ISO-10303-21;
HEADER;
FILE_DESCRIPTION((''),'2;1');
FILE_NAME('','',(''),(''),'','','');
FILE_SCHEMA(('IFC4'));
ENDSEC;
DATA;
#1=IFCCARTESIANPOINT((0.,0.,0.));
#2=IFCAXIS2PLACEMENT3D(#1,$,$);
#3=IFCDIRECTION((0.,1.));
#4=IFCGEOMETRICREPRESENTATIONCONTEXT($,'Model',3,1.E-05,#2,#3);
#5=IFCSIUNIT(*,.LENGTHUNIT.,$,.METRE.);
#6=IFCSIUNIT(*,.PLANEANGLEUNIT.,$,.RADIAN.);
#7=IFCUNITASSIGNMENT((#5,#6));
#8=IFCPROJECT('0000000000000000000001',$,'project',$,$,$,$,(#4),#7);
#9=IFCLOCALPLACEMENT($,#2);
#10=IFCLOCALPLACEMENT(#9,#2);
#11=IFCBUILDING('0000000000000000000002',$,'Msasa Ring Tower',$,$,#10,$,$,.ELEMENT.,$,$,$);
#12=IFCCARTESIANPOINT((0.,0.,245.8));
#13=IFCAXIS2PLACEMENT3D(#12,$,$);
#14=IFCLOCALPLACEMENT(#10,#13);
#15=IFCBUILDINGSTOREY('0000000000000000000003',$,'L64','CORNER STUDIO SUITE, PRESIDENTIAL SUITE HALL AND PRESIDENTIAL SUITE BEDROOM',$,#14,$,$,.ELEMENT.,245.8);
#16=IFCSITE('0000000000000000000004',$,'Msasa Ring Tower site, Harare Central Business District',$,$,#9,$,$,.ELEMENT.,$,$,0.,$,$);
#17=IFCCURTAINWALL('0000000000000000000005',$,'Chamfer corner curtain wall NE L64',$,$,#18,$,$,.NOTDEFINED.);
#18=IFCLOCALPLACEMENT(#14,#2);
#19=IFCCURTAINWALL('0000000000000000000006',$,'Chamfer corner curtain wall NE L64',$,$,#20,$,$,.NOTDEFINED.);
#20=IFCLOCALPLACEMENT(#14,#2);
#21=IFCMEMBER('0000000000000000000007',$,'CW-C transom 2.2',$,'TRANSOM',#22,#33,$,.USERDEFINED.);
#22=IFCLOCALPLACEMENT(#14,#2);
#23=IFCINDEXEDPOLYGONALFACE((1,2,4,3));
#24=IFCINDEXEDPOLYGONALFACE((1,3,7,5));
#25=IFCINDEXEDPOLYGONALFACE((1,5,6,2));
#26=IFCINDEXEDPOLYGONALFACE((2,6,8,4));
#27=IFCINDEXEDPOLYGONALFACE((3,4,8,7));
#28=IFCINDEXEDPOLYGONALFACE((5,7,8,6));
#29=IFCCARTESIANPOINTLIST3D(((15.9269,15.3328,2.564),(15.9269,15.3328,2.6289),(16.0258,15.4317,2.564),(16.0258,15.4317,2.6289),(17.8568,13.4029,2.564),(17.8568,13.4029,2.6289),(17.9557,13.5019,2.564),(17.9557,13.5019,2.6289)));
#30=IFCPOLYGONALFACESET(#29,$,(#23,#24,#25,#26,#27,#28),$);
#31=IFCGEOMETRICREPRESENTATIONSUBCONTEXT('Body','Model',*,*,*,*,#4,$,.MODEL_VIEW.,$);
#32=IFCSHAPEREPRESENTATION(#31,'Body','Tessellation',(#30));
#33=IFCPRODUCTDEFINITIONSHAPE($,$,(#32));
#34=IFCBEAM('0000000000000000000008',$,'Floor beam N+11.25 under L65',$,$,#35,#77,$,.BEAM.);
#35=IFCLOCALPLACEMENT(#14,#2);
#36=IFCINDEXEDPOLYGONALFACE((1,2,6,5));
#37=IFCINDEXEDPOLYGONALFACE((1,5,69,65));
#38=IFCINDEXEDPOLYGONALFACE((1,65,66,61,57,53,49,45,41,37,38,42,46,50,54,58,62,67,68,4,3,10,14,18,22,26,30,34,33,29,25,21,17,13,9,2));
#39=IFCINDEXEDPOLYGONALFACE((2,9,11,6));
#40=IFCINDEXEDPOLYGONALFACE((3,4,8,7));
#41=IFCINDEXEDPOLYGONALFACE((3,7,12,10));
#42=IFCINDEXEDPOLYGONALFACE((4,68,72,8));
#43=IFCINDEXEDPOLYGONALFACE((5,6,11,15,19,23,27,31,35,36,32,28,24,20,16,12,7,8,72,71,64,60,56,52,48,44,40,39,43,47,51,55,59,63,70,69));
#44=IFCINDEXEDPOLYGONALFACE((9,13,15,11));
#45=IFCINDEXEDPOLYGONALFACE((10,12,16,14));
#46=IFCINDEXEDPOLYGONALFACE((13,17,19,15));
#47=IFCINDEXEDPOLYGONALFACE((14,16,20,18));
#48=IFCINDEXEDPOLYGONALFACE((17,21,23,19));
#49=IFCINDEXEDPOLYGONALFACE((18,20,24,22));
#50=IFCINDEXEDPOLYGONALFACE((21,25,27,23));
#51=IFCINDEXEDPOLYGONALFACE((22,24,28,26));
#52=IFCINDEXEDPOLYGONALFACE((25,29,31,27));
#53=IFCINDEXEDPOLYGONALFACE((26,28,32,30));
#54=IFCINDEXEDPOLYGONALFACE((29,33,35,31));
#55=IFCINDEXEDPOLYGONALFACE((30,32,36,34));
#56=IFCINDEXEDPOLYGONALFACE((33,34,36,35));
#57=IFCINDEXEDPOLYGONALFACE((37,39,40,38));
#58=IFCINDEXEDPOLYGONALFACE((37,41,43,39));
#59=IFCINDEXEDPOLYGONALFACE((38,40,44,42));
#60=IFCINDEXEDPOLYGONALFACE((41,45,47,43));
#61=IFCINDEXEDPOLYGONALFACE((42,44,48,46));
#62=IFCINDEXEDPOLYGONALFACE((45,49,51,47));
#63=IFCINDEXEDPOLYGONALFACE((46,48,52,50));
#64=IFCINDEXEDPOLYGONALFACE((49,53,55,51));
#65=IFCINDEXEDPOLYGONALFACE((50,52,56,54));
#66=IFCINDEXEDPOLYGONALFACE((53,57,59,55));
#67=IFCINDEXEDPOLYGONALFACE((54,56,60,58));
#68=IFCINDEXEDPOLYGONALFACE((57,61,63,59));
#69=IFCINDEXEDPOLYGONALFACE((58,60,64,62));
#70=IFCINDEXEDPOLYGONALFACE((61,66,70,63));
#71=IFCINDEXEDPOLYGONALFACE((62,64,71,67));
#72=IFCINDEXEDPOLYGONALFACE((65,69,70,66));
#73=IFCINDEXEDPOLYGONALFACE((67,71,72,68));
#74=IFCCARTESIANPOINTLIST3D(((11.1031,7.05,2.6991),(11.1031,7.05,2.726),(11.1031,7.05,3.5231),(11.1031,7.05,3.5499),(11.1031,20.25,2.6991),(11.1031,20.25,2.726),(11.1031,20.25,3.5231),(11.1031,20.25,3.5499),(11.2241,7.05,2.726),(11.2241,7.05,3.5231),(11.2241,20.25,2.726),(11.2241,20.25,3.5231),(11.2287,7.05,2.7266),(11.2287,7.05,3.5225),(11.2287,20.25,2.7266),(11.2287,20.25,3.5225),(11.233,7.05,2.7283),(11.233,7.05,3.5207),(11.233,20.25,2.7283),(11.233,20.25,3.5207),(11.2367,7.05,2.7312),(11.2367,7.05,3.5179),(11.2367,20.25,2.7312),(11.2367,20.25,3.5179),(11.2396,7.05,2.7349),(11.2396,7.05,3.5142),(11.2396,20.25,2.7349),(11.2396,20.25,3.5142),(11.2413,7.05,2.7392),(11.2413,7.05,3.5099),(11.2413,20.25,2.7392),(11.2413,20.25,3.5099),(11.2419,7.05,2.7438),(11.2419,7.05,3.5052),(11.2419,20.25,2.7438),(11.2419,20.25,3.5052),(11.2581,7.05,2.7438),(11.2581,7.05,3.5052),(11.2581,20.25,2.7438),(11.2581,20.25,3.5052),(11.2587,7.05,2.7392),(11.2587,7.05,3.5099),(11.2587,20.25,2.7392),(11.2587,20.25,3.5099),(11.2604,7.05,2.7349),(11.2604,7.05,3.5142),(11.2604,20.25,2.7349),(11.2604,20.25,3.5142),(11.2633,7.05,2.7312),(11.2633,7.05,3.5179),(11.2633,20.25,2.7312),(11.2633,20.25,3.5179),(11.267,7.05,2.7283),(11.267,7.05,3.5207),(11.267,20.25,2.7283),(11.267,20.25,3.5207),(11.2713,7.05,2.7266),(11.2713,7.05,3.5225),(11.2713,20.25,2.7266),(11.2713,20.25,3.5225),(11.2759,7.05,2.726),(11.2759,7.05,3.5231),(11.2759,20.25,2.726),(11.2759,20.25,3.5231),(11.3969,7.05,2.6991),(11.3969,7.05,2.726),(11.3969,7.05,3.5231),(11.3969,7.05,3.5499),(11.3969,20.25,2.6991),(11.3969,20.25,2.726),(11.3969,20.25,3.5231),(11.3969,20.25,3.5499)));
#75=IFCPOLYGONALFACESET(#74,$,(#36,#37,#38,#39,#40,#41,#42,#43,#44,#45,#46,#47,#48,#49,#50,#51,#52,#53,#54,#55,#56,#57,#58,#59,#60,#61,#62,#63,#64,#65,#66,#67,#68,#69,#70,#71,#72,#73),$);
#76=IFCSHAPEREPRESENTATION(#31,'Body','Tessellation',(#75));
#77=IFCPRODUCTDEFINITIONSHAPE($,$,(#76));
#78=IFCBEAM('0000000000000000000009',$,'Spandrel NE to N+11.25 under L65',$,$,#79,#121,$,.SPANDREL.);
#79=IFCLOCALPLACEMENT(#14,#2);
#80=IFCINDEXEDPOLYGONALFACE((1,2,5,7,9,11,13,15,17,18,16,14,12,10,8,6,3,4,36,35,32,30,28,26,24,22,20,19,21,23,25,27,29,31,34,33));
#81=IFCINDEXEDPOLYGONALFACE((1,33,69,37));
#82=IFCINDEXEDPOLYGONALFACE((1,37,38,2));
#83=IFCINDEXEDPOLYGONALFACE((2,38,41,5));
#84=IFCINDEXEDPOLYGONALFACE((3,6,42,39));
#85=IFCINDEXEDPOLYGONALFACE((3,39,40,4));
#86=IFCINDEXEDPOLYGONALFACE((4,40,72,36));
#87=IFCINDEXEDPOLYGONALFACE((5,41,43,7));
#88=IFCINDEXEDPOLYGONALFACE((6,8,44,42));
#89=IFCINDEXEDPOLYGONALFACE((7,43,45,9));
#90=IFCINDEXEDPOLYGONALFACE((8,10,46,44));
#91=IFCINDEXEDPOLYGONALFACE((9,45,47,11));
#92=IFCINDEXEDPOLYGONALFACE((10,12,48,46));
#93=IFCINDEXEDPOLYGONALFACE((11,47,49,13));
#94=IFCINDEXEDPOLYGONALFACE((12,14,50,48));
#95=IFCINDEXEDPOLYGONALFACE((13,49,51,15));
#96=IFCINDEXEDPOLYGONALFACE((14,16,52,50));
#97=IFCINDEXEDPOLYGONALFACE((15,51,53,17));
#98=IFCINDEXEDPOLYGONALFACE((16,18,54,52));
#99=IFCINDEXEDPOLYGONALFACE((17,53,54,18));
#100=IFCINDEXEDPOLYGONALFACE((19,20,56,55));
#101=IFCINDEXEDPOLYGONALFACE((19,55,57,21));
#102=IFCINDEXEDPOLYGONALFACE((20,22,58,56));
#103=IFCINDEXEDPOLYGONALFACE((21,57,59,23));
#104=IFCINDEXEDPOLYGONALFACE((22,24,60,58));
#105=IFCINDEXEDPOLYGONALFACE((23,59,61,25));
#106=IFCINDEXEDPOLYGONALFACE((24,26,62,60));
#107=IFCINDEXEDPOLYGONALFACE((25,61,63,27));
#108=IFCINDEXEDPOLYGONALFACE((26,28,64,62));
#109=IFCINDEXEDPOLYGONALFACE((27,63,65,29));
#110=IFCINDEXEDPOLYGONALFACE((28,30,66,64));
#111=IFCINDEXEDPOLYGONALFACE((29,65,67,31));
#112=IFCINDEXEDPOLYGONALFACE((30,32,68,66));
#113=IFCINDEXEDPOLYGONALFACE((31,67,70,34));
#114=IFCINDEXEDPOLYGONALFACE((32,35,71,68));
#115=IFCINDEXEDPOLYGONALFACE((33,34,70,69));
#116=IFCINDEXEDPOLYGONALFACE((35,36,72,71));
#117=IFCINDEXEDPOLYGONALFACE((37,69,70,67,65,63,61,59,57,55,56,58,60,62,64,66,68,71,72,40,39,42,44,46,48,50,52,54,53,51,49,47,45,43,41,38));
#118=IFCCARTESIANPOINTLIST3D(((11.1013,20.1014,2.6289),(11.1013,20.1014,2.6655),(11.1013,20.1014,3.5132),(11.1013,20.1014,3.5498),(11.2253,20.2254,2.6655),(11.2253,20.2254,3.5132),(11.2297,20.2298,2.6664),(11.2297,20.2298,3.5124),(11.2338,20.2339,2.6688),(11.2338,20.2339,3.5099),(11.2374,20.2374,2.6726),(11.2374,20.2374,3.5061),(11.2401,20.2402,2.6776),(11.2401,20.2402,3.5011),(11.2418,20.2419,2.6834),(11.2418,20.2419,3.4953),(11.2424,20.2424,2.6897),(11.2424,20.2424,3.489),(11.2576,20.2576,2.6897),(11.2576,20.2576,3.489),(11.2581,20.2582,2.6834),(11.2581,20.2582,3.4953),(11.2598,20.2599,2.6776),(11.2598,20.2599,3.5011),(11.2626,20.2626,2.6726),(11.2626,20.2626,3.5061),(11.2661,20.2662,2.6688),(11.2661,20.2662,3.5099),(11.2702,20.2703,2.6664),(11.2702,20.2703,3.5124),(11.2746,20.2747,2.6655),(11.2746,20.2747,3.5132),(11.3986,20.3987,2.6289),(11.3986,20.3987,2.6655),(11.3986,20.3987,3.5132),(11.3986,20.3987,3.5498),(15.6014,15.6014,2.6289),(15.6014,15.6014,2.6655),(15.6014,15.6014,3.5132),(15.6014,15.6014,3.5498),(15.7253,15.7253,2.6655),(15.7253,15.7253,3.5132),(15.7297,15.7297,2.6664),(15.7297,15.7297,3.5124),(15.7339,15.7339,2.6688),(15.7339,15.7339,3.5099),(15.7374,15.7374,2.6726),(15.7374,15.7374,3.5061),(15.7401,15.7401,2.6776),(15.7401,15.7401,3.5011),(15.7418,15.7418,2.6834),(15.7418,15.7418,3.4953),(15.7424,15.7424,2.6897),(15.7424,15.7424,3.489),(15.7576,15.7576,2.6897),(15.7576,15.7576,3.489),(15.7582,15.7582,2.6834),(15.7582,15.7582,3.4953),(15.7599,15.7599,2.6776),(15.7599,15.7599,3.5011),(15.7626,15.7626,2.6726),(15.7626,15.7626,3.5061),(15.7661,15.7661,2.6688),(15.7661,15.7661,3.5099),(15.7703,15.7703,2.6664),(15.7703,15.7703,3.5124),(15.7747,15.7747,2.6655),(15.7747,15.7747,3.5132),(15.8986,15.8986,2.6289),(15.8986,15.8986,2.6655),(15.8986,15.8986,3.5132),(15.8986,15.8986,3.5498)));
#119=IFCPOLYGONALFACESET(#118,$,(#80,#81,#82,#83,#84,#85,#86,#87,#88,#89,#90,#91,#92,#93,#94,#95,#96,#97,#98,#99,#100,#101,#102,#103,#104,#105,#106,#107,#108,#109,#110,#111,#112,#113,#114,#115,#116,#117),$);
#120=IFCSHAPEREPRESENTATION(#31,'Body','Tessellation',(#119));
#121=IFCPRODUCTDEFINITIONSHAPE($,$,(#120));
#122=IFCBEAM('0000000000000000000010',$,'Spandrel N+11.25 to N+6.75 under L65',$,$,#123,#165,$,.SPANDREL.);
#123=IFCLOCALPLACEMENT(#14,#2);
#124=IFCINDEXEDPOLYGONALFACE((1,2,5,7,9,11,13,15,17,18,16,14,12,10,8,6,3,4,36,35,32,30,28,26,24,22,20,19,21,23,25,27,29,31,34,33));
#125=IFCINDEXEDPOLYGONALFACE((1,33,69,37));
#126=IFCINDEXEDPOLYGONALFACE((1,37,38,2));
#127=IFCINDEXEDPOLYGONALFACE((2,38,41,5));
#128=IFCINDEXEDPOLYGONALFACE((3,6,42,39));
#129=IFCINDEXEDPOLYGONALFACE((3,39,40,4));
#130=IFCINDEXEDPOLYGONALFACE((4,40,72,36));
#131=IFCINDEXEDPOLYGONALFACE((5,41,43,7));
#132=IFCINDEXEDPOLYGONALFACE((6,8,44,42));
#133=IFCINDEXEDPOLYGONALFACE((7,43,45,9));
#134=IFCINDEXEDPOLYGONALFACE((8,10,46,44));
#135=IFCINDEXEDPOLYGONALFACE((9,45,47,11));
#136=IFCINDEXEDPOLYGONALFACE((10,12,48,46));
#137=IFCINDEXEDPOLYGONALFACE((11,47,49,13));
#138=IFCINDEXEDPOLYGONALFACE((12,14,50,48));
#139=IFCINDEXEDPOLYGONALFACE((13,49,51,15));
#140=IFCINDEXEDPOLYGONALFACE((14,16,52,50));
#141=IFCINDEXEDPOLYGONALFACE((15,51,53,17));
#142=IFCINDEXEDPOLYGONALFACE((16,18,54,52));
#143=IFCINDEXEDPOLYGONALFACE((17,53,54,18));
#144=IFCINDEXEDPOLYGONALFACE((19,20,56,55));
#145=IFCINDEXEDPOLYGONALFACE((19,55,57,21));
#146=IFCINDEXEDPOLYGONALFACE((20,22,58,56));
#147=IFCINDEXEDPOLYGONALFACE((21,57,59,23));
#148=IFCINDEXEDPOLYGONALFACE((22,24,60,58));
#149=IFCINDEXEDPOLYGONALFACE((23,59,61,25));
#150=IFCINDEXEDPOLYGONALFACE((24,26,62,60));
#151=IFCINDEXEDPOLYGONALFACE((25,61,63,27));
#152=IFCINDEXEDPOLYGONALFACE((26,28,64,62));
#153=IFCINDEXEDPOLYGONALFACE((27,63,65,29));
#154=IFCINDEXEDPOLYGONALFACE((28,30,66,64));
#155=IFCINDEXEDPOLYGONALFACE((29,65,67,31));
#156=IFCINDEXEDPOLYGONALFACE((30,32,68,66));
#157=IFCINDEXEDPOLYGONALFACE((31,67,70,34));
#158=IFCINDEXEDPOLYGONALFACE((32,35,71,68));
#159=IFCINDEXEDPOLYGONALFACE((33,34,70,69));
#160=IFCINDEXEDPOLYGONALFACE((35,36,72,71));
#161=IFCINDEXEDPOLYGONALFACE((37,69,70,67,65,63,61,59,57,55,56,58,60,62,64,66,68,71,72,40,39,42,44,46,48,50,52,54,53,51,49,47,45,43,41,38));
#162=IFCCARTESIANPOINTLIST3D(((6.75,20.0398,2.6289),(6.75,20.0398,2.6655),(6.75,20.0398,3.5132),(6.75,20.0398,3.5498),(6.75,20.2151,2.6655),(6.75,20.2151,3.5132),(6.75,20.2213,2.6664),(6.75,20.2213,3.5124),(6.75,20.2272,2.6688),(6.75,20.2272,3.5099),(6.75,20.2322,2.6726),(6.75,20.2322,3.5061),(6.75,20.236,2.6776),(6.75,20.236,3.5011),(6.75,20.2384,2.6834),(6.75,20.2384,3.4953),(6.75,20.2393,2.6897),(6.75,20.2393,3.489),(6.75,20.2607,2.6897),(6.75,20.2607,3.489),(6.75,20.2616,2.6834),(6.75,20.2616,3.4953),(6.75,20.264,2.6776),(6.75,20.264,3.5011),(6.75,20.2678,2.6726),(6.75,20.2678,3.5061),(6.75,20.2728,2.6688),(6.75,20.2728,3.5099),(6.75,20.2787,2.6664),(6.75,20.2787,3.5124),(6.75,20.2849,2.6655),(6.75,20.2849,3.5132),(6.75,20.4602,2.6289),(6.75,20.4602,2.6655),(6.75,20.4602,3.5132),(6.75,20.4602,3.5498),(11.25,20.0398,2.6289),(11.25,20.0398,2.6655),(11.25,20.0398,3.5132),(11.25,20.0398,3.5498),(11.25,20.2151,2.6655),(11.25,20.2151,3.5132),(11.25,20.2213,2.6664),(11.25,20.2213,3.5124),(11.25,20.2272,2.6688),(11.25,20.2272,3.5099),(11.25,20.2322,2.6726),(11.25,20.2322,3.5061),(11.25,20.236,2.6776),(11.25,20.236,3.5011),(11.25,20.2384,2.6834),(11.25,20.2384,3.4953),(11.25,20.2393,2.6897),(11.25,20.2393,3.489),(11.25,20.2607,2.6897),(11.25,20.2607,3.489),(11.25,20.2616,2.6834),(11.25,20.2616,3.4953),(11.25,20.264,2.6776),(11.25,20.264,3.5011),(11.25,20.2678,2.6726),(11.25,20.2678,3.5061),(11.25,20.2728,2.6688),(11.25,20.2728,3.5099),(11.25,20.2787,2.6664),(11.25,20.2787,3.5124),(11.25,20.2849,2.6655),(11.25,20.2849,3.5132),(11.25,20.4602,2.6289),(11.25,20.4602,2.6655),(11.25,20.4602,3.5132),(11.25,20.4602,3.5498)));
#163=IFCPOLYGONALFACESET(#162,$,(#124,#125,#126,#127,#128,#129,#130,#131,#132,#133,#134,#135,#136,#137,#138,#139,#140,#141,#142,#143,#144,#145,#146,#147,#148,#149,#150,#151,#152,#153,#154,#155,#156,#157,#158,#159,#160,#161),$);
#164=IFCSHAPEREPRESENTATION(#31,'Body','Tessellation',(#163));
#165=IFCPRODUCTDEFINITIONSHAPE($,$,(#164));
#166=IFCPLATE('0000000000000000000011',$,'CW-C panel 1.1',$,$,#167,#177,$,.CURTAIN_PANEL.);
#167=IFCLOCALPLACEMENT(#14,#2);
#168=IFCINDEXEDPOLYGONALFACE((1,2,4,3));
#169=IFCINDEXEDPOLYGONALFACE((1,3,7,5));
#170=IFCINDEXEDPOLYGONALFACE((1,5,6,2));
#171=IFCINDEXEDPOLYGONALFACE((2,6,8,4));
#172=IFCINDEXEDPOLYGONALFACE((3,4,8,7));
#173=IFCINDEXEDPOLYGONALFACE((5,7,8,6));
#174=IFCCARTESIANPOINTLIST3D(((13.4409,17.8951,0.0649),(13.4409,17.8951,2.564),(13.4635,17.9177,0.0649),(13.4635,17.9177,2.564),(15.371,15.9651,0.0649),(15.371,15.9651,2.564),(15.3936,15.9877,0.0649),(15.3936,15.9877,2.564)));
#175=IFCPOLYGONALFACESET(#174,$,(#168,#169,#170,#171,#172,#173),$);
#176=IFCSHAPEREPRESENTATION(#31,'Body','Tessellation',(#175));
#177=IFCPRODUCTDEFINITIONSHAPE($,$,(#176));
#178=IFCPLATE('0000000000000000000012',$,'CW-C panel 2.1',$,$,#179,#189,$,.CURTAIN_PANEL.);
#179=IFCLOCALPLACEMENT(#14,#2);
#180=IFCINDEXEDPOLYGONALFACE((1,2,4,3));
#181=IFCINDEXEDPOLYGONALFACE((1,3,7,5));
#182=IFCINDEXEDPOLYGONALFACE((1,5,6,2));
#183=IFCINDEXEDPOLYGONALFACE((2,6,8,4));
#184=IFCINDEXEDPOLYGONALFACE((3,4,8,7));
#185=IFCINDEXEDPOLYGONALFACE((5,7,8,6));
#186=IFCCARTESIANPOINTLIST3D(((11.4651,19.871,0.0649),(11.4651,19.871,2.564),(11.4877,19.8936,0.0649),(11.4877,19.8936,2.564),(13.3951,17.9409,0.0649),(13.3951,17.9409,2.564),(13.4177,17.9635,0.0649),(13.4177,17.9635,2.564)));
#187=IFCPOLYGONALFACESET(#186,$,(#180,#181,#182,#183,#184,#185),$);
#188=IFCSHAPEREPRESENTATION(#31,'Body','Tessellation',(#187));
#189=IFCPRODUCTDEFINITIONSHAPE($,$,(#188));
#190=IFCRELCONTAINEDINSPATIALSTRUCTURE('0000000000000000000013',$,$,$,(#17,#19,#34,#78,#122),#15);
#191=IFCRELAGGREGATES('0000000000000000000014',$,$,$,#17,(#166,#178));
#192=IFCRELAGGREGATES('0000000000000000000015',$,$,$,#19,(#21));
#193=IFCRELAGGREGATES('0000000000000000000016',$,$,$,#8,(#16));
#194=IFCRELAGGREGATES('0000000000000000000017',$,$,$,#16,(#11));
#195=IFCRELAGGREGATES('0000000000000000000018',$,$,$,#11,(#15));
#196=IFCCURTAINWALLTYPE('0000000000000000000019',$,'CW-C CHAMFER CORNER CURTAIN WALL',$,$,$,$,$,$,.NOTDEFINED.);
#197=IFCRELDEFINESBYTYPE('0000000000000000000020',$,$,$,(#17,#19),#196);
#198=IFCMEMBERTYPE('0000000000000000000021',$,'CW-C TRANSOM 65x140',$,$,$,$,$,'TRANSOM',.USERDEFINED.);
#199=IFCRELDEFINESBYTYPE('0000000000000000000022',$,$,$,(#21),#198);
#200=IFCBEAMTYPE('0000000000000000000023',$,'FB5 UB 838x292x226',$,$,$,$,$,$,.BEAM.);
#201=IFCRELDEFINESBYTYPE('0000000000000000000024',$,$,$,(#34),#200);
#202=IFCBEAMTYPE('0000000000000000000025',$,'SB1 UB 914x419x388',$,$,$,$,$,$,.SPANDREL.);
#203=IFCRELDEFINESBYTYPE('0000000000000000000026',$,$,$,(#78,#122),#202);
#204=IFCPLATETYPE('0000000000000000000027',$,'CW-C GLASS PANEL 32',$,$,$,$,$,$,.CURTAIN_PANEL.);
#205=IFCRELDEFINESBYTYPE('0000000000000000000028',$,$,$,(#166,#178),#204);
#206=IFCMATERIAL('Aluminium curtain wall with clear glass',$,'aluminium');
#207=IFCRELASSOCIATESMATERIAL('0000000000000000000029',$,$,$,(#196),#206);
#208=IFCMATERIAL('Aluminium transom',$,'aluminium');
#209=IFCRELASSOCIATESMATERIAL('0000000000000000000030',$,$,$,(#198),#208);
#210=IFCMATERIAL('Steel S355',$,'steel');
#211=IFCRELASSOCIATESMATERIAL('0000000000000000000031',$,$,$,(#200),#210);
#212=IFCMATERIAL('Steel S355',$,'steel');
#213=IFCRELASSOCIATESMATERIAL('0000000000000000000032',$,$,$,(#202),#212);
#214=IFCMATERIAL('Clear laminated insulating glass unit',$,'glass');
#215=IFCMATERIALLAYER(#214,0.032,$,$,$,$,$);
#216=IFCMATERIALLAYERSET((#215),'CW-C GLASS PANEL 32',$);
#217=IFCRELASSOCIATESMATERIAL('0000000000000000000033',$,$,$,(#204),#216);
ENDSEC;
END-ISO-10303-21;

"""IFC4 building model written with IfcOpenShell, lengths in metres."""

from ifc_helpers import new_model, si_unit, direction, frame, origin, origin_2d, place, context, subcontext, project, spatial, rectangle, i_section, extrude, material, layer, layer_set, material_profile, profile_set, type_object, element, aggregate, save


model = new_model("IFC4")

# Units and contexts
model_context = context("Model", 3, precision=1e-05, world=origin(), true_north=direction((0.0, 1.0)))
body_context = subcontext(model_context, "Body", "Model", "MODEL_VIEW")
ifc_project = project(units=[si_unit("LENGTHUNIT", "METRE"), si_unit("PLANEANGLEUNIT", "RADIAN")], contexts=[model_context])

# Site, building, storey
site_placement = place(None, origin())
site = spatial("IfcSite", under=ifc_project, at=site_placement, Name="Msasa Ring Tower site, Harare Central Business District", CompositionType="ELEMENT", RefElevation=0.0)
building_placement = place(site_placement, origin())
building = spatial("IfcBuilding", under=site, at=building_placement, Name="Msasa Ring Tower", CompositionType="ELEMENT")
storey_placement = place(building_placement, frame((0.0, 0.0, 245.8)))
storey = spatial("IfcBuildingStorey", under=building, at=storey_placement, Name="L64", Description="CORNER STUDIO SUITE, PRESIDENTIAL SUITE HALL AND PRESIDENTIAL SUITE BEDROOM", CompositionType="ELEMENT", Elevation=245.8)

# Curtain walls
ifc_material_1 = material(Name="Aluminium curtain wall with clear glass", Category="aluminium")
curtain_wall_type = type_object("IfcCurtainWallType", Name="CW-C CHAMFER CORNER CURTAIN WALL", PredefinedType="NOTDEFINED", material=ifc_material_1)
curtain_wall_1_placement = place(storey_placement, origin())
curtain_wall_1 = element("IfcCurtainWall", 1, at=curtain_wall_1_placement, inside=storey, type_object=curtain_wall_type, Name="Chamfer corner curtain wall NE L64", PredefinedType="NOTDEFINED")
curtain_wall_2_placement = place(storey_placement, origin())
curtain_wall_2 = element("IfcCurtainWall", 2, at=curtain_wall_2_placement, inside=storey, type_object=curtain_wall_type, Name="Chamfer corner curtain wall NE L64", PredefinedType="NOTDEFINED")

# Member
ifc_material_2 = material(Name="Aluminium transom", Category="aluminium")
ifc_material_profile_1 = material_profile(ifc_material_2, rectangle(XDim=0.1399, YDim=0.0649, at=origin_2d()), Name="AL 65x140")
ifc_profile_set_1 = profile_set([ifc_material_profile_1], Name="Aluminium transom")
member_type_1 = type_object("IfcMemberType", Name="CW-C TRANSOM 65x140", ElementType="TRANSOM", PredefinedType="USERDEFINED", material=ifc_profile_set_1)
member_1_placement = place(storey_placement, frame((17.9062, 13.4524, 2.5964), z_axis=(-0.707107, 0.707107, 0.0), x_axis=(-0.707107, -0.707107, 0.0)))
member_1 = element("IfcMember", 3, at=member_1_placement, type_object=member_type_1, Name="CW-C transom 2.2", ObjectType="TRANSOM", PredefinedType="USERDEFINED", context=body_context, shape_type="SweptSolid", body=[
    extrude(rectangle(XDim=0.1399, YDim=0.0649, at=origin_2d()), origin(), (0.0, 0.0, 1.0), 2.7292),
])

# Beams
ifc_material_3 = material(Name="Steel S355", Category="steel")
ifc_material_profile_2 = material_profile(ifc_material_3, i_section(OverallWidth=0.2937, OverallDepth=0.8508, WebThickness=0.0161, FlangeThickness=0.0269, FilletRadius=0.0178, at=origin_2d()), Name="UB 838x292x226")
ifc_profile_set_2 = profile_set([ifc_material_profile_2], Name="Steel S355")
beam_type_1 = type_object("IfcBeamType", Name="FB5 UB 838x292x226", PredefinedType="BEAM", material=ifc_profile_set_2)
beam_1_placement = place(storey_placement, frame((11.25, 20.25, 3.1245), z_axis=(0.0, -1.0, 0.0), x_axis=(1.0, 0.0, 0.0)))
element("IfcBeam", 4, at=beam_1_placement, inside=storey, type_object=beam_type_1, Name="Floor beam N+11.25 under L65", PredefinedType="BEAM", context=body_context, shape_type="SweptSolid", body=[
    extrude(i_section(OverallWidth=0.2937, OverallDepth=0.8508, WebThickness=0.0161, FlangeThickness=0.0269, FilletRadius=0.0178, at=origin_2d()), origin(), (0.0, 0.0, 1.0), 13.2),
])
ifc_material_4 = material(Name="Steel S355", Category="steel")
ifc_material_profile_3 = material_profile(ifc_material_4, i_section(OverallWidth=0.4204, OverallDepth=0.9209, WebThickness=0.0215, FlangeThickness=0.0366, FilletRadius=0.0242, at=origin_2d()), Name="UB 914x419x388")
ifc_profile_set_3 = profile_set([ifc_material_profile_3], Name="Steel S355")
beam_type_2 = type_object("IfcBeamType", Name="SB1 UB 914x419x388", PredefinedType="SPANDREL", material=ifc_profile_set_3)
beam_2_placement = place(storey_placement, frame((15.75, 15.75, 3.0894), z_axis=(-0.707107, 0.707107, 0.0), x_axis=(-0.707107, -0.707107, 0.0)))
element("IfcBeam", 5, at=beam_2_placement, inside=storey, type_object=beam_type_2, Name="Spandrel NE to N+11.25 under L65", PredefinedType="SPANDREL", context=body_context, shape_type="SweptSolid", body=[
    extrude(i_section(OverallWidth=0.4204, OverallDepth=0.9209, WebThickness=0.0215, FlangeThickness=0.0366, FilletRadius=0.0242, at=origin_2d()), origin(), (0.0, 0.0, 1.0), 6.364),
])
beam_3_placement = place(storey_placement, frame((11.25, 20.25, 3.0894), z_axis=(-1.0, 0.0, 0.0), x_axis=(0.0, -1.0, 0.0)))
element("IfcBeam", 6, at=beam_3_placement, inside=storey, type_object=beam_type_2, Name="Spandrel N+11.25 to N+6.75 under L65", PredefinedType="SPANDREL", context=body_context, shape_type="SweptSolid", body=[
    extrude(i_section(OverallWidth=0.4204, OverallDepth=0.9209, WebThickness=0.0215, FlangeThickness=0.0366, FilletRadius=0.0242, at=origin_2d()), origin(), (0.0, 0.0, 1.0), 4.5),
])

# Plates
ifc_material_5 = material(Name="Clear laminated insulating glass unit", Category="glass")
ifc_layer_1 = layer(ifc_material_5, 0.032)
ifc_layer_set_1 = layer_set([ifc_layer_1], Name="CW-C GLASS PANEL 32")
plate_type = type_object("IfcPlateType", Name="CW-C GLASS PANEL 32", PredefinedType="CURTAIN_PANEL", material=ifc_layer_set_1)
plate_1_placement = place(storey_placement, frame((14.4172, 16.9414, 0.0649), z_axis=(0.0, 0.0, 1.0), x_axis=(-0.707107, 0.707107, 0.0)))
plate_1 = element("IfcPlate", 7, at=plate_1_placement, type_object=plate_type, Name="CW-C panel 1.1", PredefinedType="CURTAIN_PANEL", context=body_context, shape_type="SweptSolid", body=[
    extrude(rectangle(XDim=2.7295, YDim=0.032, at=origin_2d()), origin(), (0.0, 0.0, 1.0), 2.499),
])
plate_2_placement = place(storey_placement, frame((12.4414, 18.9172, 0.0649), z_axis=(0.0, 0.0, 1.0), x_axis=(-0.707107, 0.707107, 0.0)))
plate_2 = element("IfcPlate", 8, at=plate_2_placement, type_object=plate_type, Name="CW-C panel 2.1", PredefinedType="CURTAIN_PANEL", context=body_context, shape_type="SweptSolid", body=[
    extrude(rectangle(XDim=2.7295, YDim=0.032, at=origin_2d()), origin(), (0.0, 0.0, 1.0), 2.499),
])
aggregate(curtain_wall_1, [plate_1, plate_2])
aggregate(curtain_wall_2, [member_1])

save(model, "model.ifc")
